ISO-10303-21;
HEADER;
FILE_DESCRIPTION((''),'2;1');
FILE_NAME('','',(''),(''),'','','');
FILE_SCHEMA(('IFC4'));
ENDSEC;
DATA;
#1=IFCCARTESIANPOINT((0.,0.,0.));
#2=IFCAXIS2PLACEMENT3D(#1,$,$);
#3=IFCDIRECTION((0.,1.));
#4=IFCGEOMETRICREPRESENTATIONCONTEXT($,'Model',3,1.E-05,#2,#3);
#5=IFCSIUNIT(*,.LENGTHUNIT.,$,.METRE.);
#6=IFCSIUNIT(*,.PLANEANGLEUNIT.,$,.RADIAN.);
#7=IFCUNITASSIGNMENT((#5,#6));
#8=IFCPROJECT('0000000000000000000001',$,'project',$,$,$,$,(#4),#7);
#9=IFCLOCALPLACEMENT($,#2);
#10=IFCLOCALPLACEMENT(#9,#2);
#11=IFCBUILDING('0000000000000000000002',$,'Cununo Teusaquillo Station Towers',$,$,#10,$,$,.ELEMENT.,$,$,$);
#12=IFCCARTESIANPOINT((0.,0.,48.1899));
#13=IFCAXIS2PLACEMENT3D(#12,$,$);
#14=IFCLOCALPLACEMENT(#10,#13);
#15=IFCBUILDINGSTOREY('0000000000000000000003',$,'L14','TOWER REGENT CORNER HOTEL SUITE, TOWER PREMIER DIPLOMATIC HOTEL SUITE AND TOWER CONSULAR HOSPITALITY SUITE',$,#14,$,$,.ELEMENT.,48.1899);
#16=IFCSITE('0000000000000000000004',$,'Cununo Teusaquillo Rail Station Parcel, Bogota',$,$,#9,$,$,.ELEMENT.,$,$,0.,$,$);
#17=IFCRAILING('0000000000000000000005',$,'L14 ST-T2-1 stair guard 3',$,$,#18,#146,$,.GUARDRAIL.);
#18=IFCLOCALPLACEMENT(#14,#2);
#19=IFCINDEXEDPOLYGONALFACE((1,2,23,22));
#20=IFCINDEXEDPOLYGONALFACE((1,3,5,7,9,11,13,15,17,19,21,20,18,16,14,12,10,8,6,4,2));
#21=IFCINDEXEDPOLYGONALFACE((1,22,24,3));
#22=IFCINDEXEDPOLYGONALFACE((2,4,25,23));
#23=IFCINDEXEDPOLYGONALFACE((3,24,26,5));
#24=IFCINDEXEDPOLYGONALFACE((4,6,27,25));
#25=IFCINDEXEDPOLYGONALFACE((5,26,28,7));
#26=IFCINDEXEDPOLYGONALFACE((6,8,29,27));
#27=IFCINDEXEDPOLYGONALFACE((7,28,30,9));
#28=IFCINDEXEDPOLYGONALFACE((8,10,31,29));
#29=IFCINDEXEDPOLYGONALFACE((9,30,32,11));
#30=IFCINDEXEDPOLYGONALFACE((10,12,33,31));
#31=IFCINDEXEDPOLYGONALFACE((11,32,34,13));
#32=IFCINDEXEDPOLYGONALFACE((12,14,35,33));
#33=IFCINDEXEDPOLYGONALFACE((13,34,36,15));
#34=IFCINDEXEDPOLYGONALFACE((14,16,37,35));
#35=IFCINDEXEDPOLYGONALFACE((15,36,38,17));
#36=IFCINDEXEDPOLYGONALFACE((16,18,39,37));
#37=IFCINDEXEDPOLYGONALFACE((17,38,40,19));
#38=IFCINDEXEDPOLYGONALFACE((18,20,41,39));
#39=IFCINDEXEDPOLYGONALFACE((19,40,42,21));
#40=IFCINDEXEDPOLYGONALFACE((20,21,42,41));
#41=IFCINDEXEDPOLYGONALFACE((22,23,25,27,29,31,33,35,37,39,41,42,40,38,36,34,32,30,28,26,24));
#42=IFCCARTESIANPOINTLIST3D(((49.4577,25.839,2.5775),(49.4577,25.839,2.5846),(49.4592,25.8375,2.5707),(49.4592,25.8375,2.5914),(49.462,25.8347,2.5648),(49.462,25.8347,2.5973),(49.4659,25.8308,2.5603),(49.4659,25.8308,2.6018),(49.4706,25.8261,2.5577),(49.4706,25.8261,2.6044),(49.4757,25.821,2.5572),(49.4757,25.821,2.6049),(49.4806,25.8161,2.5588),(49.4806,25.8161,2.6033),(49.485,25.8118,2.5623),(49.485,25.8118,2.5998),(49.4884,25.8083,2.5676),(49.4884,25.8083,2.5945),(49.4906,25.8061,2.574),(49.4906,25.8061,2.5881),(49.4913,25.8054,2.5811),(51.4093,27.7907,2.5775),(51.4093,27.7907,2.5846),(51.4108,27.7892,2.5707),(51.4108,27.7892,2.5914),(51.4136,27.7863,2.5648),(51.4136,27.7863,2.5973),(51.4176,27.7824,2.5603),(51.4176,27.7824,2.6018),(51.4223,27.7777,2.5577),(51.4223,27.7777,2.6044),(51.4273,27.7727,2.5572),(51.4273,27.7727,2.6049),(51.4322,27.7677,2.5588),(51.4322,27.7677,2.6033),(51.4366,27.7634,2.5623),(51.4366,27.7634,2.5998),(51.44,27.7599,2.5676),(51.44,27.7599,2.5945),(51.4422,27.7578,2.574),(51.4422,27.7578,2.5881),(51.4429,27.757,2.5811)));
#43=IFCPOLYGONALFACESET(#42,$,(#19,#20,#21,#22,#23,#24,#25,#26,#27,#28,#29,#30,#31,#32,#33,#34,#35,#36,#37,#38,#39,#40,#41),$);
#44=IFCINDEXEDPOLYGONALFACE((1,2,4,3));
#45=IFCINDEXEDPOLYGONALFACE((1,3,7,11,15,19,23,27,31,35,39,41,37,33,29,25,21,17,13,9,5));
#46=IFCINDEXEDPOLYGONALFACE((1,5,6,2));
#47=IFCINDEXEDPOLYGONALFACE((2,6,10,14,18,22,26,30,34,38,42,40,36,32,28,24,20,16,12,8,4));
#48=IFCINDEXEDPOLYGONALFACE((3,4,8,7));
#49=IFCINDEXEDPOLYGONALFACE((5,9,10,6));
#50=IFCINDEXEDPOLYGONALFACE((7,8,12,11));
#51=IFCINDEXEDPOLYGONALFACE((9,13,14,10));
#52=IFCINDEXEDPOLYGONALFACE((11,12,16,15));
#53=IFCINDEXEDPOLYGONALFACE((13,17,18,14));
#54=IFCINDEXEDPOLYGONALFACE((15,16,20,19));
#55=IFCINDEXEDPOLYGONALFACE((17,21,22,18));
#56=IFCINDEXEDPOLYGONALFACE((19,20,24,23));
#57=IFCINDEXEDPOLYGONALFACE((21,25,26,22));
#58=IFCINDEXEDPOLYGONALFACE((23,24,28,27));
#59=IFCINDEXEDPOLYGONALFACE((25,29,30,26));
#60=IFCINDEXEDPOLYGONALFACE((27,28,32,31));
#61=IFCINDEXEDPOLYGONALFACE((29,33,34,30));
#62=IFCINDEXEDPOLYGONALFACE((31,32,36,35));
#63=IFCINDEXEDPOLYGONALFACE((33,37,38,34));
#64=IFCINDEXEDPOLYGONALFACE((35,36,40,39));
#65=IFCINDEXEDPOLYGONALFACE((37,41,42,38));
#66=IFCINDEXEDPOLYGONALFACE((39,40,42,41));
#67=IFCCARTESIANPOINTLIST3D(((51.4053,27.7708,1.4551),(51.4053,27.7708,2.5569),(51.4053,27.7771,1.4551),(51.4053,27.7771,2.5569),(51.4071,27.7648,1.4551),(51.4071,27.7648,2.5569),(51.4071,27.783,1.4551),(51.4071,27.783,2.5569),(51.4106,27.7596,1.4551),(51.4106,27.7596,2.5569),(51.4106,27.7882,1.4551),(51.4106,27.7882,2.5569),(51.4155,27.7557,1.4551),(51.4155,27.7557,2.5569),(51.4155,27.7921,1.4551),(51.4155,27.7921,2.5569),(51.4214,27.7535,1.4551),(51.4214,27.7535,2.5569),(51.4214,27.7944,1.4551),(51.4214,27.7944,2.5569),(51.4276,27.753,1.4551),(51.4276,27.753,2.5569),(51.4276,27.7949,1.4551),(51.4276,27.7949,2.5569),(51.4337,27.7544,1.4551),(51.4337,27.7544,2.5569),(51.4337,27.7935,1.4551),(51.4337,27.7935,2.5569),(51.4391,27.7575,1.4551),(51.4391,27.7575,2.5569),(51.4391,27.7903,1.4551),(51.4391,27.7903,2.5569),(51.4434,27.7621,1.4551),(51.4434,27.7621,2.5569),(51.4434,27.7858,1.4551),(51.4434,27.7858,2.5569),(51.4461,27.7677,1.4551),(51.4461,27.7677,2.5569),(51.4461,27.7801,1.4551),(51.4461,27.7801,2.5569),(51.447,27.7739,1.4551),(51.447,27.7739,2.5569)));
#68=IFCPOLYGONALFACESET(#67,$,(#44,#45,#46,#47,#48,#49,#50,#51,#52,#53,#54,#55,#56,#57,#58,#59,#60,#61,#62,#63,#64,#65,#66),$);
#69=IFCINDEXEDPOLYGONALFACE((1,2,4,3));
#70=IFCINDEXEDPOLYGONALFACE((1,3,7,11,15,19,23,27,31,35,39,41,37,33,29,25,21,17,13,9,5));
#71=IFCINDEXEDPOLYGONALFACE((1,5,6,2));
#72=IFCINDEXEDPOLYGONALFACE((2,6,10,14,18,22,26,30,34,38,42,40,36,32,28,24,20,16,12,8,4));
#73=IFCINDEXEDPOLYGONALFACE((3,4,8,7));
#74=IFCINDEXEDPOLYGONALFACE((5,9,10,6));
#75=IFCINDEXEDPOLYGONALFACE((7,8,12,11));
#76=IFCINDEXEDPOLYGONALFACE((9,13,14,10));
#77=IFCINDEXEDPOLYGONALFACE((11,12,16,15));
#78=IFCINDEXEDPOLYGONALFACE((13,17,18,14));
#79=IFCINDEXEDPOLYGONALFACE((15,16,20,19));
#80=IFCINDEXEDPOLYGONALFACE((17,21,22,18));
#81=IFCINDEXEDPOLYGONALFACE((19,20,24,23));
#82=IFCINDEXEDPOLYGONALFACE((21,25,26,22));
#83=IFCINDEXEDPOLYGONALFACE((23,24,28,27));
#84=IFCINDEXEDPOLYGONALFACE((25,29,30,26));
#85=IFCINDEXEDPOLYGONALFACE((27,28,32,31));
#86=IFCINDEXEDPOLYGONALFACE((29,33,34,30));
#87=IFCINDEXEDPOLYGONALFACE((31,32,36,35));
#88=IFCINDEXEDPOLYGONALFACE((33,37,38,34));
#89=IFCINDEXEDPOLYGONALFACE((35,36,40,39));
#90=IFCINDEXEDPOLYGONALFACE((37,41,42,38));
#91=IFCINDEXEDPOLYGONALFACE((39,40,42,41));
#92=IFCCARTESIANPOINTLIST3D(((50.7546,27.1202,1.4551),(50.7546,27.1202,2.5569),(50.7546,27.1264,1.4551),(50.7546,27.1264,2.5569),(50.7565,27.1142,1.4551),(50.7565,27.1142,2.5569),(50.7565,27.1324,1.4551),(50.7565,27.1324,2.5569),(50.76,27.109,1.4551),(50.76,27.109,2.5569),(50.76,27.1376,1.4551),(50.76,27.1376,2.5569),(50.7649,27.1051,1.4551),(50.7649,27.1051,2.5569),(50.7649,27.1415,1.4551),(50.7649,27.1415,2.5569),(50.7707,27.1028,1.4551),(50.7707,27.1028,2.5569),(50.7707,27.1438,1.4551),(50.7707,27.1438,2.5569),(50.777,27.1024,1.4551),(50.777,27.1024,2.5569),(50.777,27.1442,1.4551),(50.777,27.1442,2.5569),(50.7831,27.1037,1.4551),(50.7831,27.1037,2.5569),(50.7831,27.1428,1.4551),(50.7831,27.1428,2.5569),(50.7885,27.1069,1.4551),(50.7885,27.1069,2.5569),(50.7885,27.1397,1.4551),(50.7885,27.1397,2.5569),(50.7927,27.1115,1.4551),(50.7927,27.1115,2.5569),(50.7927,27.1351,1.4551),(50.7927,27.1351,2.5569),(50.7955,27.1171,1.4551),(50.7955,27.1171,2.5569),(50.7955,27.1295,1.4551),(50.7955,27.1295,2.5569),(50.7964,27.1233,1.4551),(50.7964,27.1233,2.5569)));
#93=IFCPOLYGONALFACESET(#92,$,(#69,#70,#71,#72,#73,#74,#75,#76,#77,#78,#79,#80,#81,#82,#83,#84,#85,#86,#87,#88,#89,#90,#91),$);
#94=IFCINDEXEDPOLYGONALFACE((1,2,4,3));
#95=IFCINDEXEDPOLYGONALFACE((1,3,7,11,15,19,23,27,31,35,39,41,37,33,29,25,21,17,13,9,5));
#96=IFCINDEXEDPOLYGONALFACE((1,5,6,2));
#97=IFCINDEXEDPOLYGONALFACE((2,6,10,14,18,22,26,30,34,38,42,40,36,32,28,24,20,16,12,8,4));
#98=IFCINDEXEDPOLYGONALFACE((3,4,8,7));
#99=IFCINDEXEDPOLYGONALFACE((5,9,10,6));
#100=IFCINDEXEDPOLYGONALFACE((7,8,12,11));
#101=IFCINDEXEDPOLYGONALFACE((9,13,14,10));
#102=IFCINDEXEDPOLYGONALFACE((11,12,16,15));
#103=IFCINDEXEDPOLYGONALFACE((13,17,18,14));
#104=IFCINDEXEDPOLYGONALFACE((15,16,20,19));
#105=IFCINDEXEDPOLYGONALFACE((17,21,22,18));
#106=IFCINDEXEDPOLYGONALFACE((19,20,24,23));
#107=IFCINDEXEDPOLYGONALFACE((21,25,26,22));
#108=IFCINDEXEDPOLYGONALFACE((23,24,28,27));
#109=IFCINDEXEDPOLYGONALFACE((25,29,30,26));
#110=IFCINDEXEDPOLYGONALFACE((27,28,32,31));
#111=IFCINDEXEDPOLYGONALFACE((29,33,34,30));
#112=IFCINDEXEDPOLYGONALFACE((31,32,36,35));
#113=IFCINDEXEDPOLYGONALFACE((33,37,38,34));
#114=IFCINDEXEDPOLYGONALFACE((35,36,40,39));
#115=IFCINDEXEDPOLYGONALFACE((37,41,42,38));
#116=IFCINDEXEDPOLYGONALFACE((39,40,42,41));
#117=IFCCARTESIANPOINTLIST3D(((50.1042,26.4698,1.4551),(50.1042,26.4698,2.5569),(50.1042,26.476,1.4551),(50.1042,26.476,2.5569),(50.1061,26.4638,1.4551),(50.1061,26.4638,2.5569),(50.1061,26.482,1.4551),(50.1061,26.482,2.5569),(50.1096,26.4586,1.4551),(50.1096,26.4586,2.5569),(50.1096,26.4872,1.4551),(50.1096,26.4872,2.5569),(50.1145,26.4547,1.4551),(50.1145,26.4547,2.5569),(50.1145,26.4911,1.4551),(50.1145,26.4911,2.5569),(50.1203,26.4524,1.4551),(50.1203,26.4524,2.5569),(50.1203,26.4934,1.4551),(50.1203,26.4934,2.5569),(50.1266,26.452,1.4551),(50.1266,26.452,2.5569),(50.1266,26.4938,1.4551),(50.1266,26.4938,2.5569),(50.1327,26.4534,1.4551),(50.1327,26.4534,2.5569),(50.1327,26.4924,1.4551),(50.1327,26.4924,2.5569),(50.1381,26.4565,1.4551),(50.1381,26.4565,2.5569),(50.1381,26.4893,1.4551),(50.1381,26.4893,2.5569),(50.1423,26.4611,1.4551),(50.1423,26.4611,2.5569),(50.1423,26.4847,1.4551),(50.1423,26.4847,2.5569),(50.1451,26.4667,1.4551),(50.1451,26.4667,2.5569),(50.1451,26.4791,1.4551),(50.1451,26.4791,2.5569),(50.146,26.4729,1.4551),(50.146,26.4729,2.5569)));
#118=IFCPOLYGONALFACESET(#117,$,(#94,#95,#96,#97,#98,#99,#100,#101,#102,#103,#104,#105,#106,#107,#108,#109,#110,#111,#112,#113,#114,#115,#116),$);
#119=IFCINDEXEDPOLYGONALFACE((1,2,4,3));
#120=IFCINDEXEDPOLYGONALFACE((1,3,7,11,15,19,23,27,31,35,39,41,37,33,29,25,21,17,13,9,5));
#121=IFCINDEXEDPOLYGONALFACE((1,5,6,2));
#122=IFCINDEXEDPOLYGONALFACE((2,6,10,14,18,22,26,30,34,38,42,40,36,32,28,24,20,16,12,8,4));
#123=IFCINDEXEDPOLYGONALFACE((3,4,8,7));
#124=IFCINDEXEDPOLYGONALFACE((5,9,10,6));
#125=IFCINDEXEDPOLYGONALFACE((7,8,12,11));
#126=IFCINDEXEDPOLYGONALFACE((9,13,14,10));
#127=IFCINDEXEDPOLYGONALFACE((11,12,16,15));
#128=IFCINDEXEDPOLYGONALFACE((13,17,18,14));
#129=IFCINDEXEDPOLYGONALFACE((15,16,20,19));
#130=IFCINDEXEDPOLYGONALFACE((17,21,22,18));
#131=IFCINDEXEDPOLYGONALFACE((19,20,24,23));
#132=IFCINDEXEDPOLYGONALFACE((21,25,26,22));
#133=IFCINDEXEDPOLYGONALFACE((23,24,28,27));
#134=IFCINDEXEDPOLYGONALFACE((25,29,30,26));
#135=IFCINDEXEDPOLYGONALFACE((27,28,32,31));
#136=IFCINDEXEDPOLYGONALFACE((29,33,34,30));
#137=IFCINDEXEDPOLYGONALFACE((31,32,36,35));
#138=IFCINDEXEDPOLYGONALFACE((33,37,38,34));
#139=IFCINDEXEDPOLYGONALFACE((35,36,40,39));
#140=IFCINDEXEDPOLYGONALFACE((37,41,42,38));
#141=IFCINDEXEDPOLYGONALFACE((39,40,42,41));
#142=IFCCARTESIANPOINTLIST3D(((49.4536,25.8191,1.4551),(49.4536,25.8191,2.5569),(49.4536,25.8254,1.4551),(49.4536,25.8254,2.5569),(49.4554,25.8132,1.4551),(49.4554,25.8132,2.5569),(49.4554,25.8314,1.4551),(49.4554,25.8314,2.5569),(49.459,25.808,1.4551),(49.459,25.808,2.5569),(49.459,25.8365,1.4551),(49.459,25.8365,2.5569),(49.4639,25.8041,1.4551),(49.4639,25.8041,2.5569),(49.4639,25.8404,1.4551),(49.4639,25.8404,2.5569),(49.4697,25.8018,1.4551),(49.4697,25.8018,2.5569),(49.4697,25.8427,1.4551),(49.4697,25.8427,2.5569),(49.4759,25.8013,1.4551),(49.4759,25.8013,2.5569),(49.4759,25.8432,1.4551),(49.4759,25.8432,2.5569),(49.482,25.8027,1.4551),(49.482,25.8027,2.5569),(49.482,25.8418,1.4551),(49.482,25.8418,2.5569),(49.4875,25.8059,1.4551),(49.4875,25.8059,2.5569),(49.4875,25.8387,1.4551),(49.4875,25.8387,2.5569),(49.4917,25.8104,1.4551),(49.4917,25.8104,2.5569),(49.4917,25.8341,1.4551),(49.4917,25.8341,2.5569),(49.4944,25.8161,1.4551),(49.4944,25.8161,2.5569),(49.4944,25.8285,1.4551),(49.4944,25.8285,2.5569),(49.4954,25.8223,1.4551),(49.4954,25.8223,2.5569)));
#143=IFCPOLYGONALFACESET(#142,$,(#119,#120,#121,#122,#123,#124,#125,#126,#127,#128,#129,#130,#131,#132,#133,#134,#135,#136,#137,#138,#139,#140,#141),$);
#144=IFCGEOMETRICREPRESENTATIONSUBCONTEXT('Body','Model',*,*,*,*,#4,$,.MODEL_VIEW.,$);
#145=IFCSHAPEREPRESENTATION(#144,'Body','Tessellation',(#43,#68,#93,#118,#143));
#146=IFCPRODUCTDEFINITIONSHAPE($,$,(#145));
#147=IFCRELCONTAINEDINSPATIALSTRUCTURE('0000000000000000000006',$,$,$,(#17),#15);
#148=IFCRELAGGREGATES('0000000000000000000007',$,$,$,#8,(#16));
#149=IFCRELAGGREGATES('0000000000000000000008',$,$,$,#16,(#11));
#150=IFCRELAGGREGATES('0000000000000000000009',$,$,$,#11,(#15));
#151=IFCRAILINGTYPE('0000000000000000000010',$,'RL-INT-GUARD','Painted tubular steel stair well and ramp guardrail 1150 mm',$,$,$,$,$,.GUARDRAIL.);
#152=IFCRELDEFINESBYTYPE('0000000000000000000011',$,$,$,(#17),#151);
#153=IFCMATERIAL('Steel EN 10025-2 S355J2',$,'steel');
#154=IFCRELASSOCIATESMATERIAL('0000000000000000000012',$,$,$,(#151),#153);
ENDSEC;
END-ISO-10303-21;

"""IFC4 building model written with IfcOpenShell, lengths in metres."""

from ifc_helpers import new_model, si_unit, direction, frame, origin, origin_2d, place, context, subcontext, project, spatial, circle, extrude, material, type_object, element, save


model = new_model("IFC4")

# Units and contexts
model_context = context("Model", 3, precision=1e-05, world=origin(), true_north=direction((0.0, 1.0)))
body_context = subcontext(model_context, "Body", "Model", "MODEL_VIEW")
ifc_project = project(units=[si_unit("LENGTHUNIT", "METRE"), si_unit("PLANEANGLEUNIT", "RADIAN")], contexts=[model_context])

# Site, building, storey
site_placement = place(None, origin())
site = spatial("IfcSite", under=ifc_project, at=site_placement, Name="Cununo Teusaquillo Rail Station Parcel, Bogota", CompositionType="ELEMENT", RefElevation=0.0)
building_placement = place(site_placement, origin())
building = spatial("IfcBuilding", under=site, at=building_placement, Name="Cununo Teusaquillo Station Towers", CompositionType="ELEMENT")
storey_placement = place(building_placement, frame((0.0, 0.0, 48.1899)))
storey = spatial("IfcBuildingStorey", under=building, at=storey_placement, Name="L14", Description="TOWER REGENT CORNER HOTEL SUITE, TOWER PREMIER DIPLOMATIC HOTEL SUITE AND TOWER CONSULAR HOSPITALITY SUITE", CompositionType="ELEMENT", Elevation=48.1899)

# Railing
ifc_material_1 = material(Name="Steel EN 10025-2 S355J2", Category="steel")
railing_type = type_object("IfcRailingType", Name="RL-INT-GUARD", Description="Painted tubular steel stair well and ramp guardrail 1150 mm", PredefinedType="GUARDRAIL", material=ifc_material_1)
railing_1_placement = place(storey_placement, frame((51.426, 27.7739, 1.4551)))
element("IfcRailing", 1, at=railing_1_placement, inside=storey, type_object=railing_type, Name="L14 ST-T2-1 stair guard 3", PredefinedType="GUARDRAIL", context=body_context, shape_type="SweptSolid", body=[
    extrude(circle(Radius=0.0239, at=origin_2d()), frame((0.0, 0.0, 1.126), z_axis=(-0.707107, -0.707107, 0.0), x_axis=(0.707107, -0.707107, 0.0)), (0.0, 0.0, 1.0), 2.76),
    extrude(circle(Radius=0.021, at=origin_2d()), origin(), (0.0, 0.0, 1.0), 1.1018),
    extrude(circle(Radius=0.021, at=origin_2d()), frame((-0.6506, -0.6506, 0.0)), (0.0, 0.0, 1.0), 1.1018),
    extrude(circle(Radius=0.021, at=origin_2d()), frame((-1.301, -1.301, 0.0)), (0.0, 0.0, 1.0), 1.1018),
    extrude(circle(Radius=0.021, at=origin_2d()), frame((-1.9517, -1.9517, 0.0)), (0.0, 0.0, 1.0), 1.1018),
])

save(model, "model.ifc")
